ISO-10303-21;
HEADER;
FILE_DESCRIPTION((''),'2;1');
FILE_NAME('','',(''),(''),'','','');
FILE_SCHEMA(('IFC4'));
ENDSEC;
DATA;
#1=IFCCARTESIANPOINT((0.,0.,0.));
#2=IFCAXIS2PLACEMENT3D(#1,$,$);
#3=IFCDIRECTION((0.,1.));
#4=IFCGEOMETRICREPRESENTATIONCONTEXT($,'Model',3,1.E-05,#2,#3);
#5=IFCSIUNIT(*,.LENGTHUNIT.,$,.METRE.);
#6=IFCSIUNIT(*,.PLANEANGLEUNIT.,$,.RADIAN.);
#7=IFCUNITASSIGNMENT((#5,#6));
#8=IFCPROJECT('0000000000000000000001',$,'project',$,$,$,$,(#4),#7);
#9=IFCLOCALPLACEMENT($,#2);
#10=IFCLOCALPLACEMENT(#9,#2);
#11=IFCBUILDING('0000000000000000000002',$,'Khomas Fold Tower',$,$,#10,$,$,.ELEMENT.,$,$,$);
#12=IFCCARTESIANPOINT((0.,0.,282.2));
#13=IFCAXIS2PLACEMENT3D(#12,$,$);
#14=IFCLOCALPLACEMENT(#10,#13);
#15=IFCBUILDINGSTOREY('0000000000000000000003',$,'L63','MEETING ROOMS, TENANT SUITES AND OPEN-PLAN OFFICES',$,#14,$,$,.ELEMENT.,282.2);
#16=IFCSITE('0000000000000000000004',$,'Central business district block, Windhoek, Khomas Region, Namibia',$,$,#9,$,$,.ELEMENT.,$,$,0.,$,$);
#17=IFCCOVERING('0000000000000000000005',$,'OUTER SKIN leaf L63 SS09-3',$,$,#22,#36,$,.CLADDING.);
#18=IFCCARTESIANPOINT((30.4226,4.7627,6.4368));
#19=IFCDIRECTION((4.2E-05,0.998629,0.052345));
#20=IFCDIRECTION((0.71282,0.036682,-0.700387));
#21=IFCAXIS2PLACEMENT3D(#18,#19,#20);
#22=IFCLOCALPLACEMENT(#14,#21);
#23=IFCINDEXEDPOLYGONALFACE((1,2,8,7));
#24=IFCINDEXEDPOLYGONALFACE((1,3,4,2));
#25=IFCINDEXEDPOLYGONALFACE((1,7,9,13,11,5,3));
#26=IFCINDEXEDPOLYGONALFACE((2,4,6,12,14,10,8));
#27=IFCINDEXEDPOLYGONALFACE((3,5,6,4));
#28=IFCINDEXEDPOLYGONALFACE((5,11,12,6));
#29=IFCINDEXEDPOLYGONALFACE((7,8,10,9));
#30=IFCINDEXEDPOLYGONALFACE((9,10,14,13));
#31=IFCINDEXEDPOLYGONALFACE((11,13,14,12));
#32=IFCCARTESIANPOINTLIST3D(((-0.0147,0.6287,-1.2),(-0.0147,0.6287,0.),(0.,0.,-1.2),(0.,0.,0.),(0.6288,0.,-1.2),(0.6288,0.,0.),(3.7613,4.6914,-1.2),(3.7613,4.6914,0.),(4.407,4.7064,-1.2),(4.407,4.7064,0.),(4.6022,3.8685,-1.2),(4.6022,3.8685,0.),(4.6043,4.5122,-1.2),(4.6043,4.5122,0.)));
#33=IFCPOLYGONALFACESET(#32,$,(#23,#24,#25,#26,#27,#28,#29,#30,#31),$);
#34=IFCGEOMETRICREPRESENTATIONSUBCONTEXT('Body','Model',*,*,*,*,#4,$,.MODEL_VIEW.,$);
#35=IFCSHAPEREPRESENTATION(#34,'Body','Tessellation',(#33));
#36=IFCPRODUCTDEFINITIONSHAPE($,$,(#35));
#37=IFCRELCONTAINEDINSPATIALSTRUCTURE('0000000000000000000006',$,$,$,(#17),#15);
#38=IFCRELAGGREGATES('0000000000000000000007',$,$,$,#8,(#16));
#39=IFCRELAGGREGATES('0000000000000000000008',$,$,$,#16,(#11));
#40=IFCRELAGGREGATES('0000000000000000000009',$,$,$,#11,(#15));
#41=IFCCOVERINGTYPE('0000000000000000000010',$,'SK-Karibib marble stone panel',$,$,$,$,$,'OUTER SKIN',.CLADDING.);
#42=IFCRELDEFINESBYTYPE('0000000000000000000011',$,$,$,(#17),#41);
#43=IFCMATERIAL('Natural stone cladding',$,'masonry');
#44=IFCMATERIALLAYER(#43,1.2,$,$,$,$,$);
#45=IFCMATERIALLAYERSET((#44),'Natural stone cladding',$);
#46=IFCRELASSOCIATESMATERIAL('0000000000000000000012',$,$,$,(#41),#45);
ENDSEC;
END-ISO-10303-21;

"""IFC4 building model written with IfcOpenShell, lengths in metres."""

from ifc_helpers import new_model, si_unit, direction, frame, origin, place, context, subcontext, project, spatial, polyline, outline, extrude, material, layer, layer_set, type_object, element, save


model = new_model("IFC4")

# Units and contexts
model_context = context("Model", 3, precision=1e-05, world=origin(), true_north=direction((0.0, 1.0)))
body_context = subcontext(model_context, "Body", "Model", "MODEL_VIEW")
ifc_project = project(units=[si_unit("LENGTHUNIT", "METRE"), si_unit("PLANEANGLEUNIT", "RADIAN")], contexts=[model_context])

# Site, building, storey
site_placement = place(None, origin())
site = spatial("IfcSite", under=ifc_project, at=site_placement, Name="Central business district block, Windhoek, Khomas Region, Namibia", CompositionType="ELEMENT", RefElevation=0.0)
building_placement = place(site_placement, origin())
building = spatial("IfcBuilding", under=site, at=building_placement, Name="Khomas Fold Tower", CompositionType="ELEMENT")
storey_placement = place(building_placement, frame((0.0, 0.0, 282.2)))
storey = spatial("IfcBuildingStorey", under=building, at=storey_placement, Name="L63", Description="MEETING ROOMS, TENANT SUITES AND OPEN-PLAN OFFICES", CompositionType="ELEMENT", Elevation=282.2)

# Covering
ifc_material_1 = material(Name="Natural stone cladding", Category="masonry")
ifc_layer_1 = layer(ifc_material_1, 1.2)
ifc_layer_set_1 = layer_set([ifc_layer_1], Name="Natural stone cladding")
covering_type_1 = type_object("IfcCoveringType", Name="SK-Karibib marble stone panel", ElementType="OUTER SKIN", PredefinedType="CLADDING", material=ifc_layer_set_1)
covering_1_placement = place(storey_placement, frame((30.4226, 4.7627, 6.4368), z_axis=(0.000042, 0.998629, 0.052345), x_axis=(0.71282, 0.036682, -0.700387)))
element("IfcCovering", 1, at=covering_1_placement, inside=storey, type_object=covering_type_1, Name="OUTER SKIN leaf L63 SS09-3", PredefinedType="CLADDING", context=body_context, shape_type="SweptSolid", body=[
    extrude(outline(polyline([(0.0, 0.0), (0.6288, 0.0), (4.6022, 3.8685), (4.6043, 4.5122), (4.407, 4.7064), (3.7613, 4.6914), (-0.0147, 0.6287), (0.0, 0.0)])), origin(), (0.0, 0.0, -1.0), 1.2),
])

save(model, "model.ifc")
